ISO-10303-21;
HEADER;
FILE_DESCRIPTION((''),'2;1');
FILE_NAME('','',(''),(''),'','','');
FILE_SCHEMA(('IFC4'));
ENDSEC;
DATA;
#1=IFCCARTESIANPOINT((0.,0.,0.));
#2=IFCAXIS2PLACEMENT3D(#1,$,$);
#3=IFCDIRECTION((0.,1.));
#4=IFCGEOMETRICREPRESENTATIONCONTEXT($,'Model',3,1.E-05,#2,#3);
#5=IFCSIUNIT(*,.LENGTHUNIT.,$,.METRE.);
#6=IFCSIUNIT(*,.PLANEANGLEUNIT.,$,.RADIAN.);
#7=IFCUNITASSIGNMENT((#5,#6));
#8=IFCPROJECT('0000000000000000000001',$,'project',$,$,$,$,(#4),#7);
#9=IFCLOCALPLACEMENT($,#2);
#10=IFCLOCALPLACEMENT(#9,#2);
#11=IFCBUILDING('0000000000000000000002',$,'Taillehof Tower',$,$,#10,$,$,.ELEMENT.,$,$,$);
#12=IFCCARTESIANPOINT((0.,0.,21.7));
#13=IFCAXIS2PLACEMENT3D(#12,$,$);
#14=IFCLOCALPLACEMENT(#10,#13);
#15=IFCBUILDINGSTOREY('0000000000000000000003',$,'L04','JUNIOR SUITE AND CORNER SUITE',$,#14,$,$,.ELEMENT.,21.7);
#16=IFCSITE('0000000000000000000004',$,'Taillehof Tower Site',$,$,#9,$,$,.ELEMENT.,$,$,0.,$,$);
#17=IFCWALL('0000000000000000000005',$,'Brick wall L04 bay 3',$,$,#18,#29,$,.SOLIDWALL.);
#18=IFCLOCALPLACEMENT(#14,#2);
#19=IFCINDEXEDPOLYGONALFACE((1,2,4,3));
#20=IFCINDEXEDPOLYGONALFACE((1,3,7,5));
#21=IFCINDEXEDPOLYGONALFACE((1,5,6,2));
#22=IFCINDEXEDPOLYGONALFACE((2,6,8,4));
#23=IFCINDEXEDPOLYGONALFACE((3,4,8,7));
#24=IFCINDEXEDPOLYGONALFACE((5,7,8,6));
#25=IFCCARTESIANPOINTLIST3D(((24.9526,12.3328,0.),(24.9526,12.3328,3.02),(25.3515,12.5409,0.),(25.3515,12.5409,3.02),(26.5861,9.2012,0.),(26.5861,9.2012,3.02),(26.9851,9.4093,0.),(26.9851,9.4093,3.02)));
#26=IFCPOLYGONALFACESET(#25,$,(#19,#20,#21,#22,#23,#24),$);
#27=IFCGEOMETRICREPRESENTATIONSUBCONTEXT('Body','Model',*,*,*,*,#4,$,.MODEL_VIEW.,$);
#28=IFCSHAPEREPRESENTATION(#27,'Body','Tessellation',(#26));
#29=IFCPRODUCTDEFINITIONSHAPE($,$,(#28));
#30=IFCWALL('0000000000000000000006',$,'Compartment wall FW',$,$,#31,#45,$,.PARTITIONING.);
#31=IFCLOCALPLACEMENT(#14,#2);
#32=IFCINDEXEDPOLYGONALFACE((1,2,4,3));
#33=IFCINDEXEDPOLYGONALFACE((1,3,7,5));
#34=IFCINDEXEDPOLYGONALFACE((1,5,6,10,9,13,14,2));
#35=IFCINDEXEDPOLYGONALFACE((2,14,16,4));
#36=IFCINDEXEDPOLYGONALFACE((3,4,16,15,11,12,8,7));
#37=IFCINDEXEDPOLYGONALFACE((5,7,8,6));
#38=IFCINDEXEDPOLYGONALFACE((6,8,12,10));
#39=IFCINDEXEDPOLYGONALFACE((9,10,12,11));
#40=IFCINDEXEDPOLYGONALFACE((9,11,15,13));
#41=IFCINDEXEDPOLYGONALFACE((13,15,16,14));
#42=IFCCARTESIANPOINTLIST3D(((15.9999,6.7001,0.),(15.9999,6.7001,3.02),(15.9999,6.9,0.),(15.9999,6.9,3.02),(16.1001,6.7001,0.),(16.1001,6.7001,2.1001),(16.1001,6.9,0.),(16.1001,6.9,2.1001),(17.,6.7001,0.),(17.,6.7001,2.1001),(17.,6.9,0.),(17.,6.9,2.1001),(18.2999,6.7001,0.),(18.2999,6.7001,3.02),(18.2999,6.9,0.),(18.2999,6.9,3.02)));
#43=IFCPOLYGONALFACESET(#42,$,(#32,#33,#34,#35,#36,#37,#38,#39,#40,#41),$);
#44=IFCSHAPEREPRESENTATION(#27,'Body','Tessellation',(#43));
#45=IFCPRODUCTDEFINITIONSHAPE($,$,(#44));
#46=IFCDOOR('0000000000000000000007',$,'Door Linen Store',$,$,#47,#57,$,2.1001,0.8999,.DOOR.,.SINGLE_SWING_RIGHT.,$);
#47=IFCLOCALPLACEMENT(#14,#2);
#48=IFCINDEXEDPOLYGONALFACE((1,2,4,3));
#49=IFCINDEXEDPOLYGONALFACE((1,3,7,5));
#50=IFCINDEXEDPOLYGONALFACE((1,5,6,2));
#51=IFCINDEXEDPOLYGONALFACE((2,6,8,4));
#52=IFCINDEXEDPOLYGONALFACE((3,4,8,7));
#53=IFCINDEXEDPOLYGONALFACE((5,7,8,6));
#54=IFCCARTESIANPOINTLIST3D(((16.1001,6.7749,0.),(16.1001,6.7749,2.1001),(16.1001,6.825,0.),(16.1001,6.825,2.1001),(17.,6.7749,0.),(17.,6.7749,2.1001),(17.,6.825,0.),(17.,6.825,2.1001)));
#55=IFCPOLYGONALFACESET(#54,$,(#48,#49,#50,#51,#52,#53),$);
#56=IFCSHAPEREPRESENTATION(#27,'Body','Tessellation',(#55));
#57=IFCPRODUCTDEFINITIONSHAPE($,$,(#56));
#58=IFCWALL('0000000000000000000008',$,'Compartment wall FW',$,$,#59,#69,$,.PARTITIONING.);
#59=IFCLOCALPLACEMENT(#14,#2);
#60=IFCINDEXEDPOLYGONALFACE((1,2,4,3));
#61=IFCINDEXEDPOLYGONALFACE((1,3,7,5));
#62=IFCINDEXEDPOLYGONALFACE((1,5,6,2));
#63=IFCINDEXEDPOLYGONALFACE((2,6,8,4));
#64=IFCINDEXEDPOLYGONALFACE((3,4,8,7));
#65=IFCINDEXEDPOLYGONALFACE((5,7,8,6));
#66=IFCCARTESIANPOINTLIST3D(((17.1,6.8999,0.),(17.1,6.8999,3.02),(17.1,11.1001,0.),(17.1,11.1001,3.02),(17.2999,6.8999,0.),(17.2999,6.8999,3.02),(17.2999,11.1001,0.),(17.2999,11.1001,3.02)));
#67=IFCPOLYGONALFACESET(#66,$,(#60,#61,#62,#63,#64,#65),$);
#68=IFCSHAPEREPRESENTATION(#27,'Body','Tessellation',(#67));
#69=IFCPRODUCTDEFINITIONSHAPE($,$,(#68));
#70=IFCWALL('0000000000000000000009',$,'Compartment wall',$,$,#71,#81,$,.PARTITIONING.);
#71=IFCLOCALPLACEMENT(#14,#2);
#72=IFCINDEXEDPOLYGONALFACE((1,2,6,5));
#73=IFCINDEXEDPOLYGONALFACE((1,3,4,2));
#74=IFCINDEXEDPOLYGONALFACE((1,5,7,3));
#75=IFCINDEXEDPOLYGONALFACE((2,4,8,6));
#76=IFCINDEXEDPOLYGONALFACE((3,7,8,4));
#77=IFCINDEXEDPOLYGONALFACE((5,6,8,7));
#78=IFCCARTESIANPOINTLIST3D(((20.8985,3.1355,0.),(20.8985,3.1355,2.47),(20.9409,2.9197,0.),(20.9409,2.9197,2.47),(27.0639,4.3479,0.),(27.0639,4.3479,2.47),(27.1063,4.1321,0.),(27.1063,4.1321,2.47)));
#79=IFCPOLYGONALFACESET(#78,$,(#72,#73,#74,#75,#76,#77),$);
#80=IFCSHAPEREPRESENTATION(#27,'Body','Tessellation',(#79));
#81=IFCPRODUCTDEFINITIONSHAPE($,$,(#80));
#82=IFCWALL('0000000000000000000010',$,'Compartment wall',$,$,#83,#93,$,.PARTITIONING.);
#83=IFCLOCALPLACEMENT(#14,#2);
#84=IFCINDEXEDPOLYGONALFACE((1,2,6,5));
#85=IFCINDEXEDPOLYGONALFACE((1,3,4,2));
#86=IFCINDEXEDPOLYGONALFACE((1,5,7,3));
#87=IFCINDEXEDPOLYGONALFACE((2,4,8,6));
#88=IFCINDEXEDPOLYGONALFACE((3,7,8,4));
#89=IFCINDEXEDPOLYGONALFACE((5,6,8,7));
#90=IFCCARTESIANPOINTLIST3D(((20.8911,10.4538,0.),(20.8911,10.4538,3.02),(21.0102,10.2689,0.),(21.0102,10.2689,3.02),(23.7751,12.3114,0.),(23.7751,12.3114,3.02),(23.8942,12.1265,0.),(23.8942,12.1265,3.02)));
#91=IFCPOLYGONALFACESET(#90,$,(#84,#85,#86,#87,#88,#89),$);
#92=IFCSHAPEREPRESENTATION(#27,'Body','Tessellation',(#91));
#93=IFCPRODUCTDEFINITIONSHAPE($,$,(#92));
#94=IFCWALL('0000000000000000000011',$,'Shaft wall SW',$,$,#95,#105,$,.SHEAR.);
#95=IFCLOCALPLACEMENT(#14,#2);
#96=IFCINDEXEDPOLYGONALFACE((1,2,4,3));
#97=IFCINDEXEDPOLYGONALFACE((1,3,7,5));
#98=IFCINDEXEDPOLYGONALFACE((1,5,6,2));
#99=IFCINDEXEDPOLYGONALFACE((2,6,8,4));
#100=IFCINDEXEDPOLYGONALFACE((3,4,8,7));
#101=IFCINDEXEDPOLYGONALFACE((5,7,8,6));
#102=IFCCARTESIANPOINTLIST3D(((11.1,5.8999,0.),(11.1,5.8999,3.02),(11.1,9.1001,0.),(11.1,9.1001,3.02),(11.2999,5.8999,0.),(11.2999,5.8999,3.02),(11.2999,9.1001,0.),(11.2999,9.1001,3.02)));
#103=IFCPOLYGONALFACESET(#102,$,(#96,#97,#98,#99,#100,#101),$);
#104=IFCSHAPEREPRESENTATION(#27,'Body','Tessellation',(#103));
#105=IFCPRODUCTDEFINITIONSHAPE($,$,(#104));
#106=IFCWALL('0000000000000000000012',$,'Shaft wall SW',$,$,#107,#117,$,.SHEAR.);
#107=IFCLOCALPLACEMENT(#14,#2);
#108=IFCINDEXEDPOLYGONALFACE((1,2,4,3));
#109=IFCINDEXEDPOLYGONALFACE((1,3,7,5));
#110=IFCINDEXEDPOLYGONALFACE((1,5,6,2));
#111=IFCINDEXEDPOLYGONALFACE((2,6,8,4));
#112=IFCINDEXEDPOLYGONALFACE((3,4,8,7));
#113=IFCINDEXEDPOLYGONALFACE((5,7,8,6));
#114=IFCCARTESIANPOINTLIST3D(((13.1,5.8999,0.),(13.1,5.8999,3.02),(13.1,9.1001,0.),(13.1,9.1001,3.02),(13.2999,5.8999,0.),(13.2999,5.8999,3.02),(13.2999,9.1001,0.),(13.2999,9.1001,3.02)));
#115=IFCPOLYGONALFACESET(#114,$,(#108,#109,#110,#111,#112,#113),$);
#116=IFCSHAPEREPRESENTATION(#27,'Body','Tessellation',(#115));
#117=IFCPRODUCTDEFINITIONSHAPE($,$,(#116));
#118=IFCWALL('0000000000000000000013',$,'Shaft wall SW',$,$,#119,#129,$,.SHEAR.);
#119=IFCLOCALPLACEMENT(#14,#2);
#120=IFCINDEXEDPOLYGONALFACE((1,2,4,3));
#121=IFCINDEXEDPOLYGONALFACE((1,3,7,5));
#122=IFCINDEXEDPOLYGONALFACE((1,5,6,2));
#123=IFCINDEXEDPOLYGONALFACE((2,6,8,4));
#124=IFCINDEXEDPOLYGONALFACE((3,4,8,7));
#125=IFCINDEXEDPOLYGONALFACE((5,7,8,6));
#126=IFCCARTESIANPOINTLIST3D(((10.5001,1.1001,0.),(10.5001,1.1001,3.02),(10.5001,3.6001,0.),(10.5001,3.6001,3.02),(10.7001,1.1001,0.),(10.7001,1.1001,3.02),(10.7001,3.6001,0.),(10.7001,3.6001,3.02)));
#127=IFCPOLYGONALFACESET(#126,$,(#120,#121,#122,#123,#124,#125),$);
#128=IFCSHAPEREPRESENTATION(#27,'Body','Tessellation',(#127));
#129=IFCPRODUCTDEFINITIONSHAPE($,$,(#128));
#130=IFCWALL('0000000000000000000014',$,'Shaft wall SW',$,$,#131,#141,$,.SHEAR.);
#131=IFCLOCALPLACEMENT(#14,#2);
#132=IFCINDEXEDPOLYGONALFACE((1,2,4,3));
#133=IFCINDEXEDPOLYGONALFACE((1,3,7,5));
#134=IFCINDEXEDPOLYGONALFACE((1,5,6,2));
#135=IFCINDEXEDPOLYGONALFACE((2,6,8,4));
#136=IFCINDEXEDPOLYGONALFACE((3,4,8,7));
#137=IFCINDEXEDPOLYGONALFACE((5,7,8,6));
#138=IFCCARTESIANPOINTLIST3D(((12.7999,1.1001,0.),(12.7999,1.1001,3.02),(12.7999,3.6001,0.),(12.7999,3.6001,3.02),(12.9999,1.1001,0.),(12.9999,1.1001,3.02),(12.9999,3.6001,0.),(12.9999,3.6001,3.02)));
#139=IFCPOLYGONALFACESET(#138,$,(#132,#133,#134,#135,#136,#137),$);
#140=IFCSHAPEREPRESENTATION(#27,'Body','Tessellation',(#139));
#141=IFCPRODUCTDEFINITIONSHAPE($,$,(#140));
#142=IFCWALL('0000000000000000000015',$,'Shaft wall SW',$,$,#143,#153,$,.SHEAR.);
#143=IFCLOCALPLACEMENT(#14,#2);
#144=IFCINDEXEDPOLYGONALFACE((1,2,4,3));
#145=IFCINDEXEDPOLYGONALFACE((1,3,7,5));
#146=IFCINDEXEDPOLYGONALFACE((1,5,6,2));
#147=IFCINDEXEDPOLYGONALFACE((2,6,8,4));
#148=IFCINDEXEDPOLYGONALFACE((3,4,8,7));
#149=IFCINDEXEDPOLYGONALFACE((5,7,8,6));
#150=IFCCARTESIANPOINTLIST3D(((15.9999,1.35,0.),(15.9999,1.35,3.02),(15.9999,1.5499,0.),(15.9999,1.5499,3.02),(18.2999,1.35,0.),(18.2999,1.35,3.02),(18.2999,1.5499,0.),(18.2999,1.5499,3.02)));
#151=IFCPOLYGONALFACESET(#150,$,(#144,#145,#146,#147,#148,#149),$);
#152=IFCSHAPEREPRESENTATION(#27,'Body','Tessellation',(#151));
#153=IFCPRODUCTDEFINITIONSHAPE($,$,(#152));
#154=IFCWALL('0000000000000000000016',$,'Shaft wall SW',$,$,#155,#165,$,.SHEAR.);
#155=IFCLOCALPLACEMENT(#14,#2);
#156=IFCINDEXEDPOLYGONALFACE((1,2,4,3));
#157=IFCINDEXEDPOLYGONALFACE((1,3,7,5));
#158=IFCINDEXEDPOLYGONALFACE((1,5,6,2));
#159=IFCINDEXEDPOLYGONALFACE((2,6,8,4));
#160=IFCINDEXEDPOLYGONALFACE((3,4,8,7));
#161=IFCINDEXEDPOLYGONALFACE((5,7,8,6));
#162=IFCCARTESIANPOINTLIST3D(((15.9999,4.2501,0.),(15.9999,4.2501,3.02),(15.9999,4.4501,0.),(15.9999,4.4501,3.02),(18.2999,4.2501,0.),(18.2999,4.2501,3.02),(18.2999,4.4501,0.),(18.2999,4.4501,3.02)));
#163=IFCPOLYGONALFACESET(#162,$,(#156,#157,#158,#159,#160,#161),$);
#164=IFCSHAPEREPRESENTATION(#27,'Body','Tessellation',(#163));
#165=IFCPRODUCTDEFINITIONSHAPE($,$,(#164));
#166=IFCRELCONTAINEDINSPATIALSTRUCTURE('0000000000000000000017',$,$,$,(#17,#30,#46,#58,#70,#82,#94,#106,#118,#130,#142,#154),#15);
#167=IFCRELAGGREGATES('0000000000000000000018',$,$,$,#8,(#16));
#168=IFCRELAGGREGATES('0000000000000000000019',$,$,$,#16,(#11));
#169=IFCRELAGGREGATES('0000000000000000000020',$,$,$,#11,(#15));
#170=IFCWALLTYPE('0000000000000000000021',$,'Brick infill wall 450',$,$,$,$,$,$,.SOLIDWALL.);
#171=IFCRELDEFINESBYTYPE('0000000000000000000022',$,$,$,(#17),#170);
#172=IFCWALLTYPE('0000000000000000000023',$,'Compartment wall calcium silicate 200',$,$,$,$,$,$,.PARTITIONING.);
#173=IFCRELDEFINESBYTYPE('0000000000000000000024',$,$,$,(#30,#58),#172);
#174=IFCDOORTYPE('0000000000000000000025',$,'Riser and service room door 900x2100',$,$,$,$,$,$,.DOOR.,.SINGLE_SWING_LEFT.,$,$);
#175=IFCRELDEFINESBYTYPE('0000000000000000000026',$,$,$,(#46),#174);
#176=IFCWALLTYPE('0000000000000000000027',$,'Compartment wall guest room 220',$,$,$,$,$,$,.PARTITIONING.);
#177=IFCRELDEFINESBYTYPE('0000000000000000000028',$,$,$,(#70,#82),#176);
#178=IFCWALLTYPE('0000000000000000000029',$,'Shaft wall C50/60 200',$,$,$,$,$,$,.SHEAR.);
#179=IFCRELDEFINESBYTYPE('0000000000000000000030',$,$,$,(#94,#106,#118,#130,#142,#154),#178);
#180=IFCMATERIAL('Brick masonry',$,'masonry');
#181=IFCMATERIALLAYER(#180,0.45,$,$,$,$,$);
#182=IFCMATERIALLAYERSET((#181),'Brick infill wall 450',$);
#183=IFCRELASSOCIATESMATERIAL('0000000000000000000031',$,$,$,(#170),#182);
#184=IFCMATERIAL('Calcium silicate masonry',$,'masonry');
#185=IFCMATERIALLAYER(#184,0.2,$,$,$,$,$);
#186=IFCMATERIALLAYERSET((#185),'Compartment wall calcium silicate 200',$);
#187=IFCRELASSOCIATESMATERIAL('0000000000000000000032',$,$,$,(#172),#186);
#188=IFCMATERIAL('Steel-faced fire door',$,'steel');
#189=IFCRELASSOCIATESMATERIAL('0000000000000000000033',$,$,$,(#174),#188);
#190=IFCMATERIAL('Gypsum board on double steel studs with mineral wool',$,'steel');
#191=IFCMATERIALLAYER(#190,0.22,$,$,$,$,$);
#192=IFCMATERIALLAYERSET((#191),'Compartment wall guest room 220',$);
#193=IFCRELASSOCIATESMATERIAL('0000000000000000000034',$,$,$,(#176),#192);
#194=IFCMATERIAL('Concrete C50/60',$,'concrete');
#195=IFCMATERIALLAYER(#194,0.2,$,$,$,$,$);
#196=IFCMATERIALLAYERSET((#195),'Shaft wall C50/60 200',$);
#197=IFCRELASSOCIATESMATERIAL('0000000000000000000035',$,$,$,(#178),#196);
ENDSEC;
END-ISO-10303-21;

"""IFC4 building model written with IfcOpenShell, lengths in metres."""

from ifc_helpers import new_model, si_unit, direction, frame, frame_2d, origin, place, context, subcontext, project, spatial, rectangle, extrude, material, layer, layer_set, type_object, element, fill, save


model = new_model("IFC4")

# Units and contexts
model_context = context("Model", 3, precision=1e-05, world=origin(), true_north=direction((0.0, 1.0)))
body_context = subcontext(model_context, "Body", "Model", "MODEL_VIEW")
ifc_project = project(units=[si_unit("LENGTHUNIT", "METRE"), si_unit("PLANEANGLEUNIT", "RADIAN")], contexts=[model_context])

# Site, building, storey
site_placement = place(None, origin())
site = spatial("IfcSite", under=ifc_project, at=site_placement, Name="Taillehof Tower Site", CompositionType="ELEMENT", RefElevation=0.0)
building_placement = place(site_placement, origin())
building = spatial("IfcBuilding", under=site, at=building_placement, Name="Taillehof Tower", CompositionType="ELEMENT")
storey_placement = place(building_placement, frame((0.0, 0.0, 21.7)))
storey = spatial("IfcBuildingStorey", under=building, at=storey_placement, Name="L04", Description="JUNIOR SUITE AND CORNER SUITE", CompositionType="ELEMENT", Elevation=21.7)

# Shared definitions
ifc_material_1 = material(Name="Brick masonry", Category="masonry")
ifc_layer_1 = layer(ifc_material_1, 0.45)
ifc_layer_set_1 = layer_set([ifc_layer_1], Name="Brick infill wall 450")
wall_type_1 = type_object("IfcWallType", Name="Brick infill wall 450", PredefinedType="SOLIDWALL", material=ifc_layer_set_1)

# Wall
wall_1_placement = place(storey_placement, frame((26.7856, 9.3052, 0.0), z_axis=(0.0, 0.0, 1.0), x_axis=(-0.462493, 0.886623, 0.0)))
element("IfcWall", 1, at=wall_1_placement, inside=storey, type_object=wall_type_1, Name="Brick wall L04 bay 3", PredefinedType="SOLIDWALL", context=body_context, shape_type="SweptSolid", body=[
    extrude(rectangle(XDim=3.532, YDim=0.45, at=frame_2d((1.7661, 0.0))), origin(), (0.0, 0.0, 1.0), 3.02),
])

# Wall, opening, door
ifc_material_2 = material(Name="Calcium silicate masonry", Category="masonry")
ifc_layer_2 = layer(ifc_material_2, 0.2)
ifc_layer_set_2 = layer_set([ifc_layer_2], Name="Compartment wall calcium silicate 200")
wall_type_2 = type_object("IfcWallType", Name="Compartment wall calcium silicate 200", PredefinedType="PARTITIONING", material=ifc_layer_set_2)
wall_2_placement = place(storey_placement, frame((16.0, 6.8, 0.0), z_axis=(0.0, 0.0, 1.0), x_axis=(1.0, 0.0, 0.0)))
wall_2 = element("IfcWall", 2, at=wall_2_placement, inside=storey, type_object=wall_type_2, Name="Compartment wall FW", PredefinedType="PARTITIONING", context=body_context, shape_type="SweptSolid", body=[
    extrude(rectangle(XDim=2.3, YDim=0.2, at=frame_2d((1.1499, 0.0))), origin(), (0.0, 0.0, 1.0), 3.02),
])
opening_1_placement = place(wall_2_placement, frame((0.1001, 0.0, 0.0)))
opening_1 = element("IfcOpeningElement", 3, at=opening_1_placement, cuts=wall_2, PredefinedType="OPENING", context=body_context, shape_type="SweptSolid", body=[
    extrude(rectangle(XDim=0.8999, YDim=2.1001, at=frame_2d((0.45, 1.05))), frame((0.0, 0.1099, 0.0), z_axis=(0.0, -1.0, 0.0), x_axis=(1.0, 0.0, 0.0)), (0.0, 0.0, 1.0), 0.22),
])
ifc_material_3 = material(Name="Steel-faced fire door", Category="steel")
door_type = type_object("IfcDoorType", Name="Riser and service room door 900x2100", OperationType="SINGLE_SWING_LEFT", PredefinedType="DOOR", material=ifc_material_3)
door_placement = place(opening_1_placement, origin())
door = element("IfcDoor", 4, at=door_placement, inside=storey, type_object=door_type, Name="Door Linen Store", OperationType="SINGLE_SWING_RIGHT", OverallHeight=2.1001, OverallWidth=0.8999, PredefinedType="DOOR", context=body_context, shape_type="SweptSolid", body=[
    extrude(rectangle(XDim=0.8999, YDim=2.1001, at=frame_2d((0.45, 1.05))), frame((0.0, 0.0249, 0.0), z_axis=(0.0, -1.0, 0.0), x_axis=(1.0, 0.0, 0.0)), (0.0, 0.0, 1.0), 0.05),
])
fill(opening_1, door)

# Walls
wall_3_placement = place(storey_placement, frame((17.2, 6.8999, 0.0), z_axis=(0.0, 0.0, 1.0), x_axis=(0.0, 1.0, 0.0)))
element("IfcWall", 5, at=wall_3_placement, inside=storey, type_object=wall_type_2, Name="Compartment wall FW", PredefinedType="PARTITIONING", context=body_context, shape_type="SweptSolid", body=[
    extrude(rectangle(XDim=4.2002, YDim=0.2, at=frame_2d((2.1001, 0.0))), origin(), (0.0, 0.0, 1.0), 3.02),
])
ifc_material_4 = material(Name="Gypsum board on double steel studs with mineral wool", Category="steel")
ifc_layer_3 = layer(ifc_material_4, 0.22)
ifc_layer_set_3 = layer_set([ifc_layer_3], Name="Compartment wall guest room 220")
wall_type_3 = type_object("IfcWallType", Name="Compartment wall guest room 220", PredefinedType="PARTITIONING", material=ifc_layer_set_3)
wall_4_placement = place(storey_placement, frame((27.085, 4.24, 0.0), z_axis=(0.0, 0.0, 1.0), x_axis=(-0.981208, -0.192954, 0.0)))
element("IfcWall", 6, at=wall_4_placement, inside=storey, type_object=wall_type_3, Name="Compartment wall", PredefinedType="PARTITIONING", context=body_context, shape_type="SweptSolid", body=[
    extrude(rectangle(XDim=6.2834, YDim=0.22, at=frame_2d((3.1416, 0.0))), origin(), (0.0, 0.0, 1.0), 2.47),
])
wall_5_placement = place(storey_placement, frame((23.8347, 12.219, 0.0), z_axis=(0.0, 0.0, 1.0), x_axis=(-0.840695, -0.541509, 0.0)))
element("IfcWall", 7, at=wall_5_placement, inside=storey, type_object=wall_type_3, Name="Compartment wall", PredefinedType="PARTITIONING", context=body_context, shape_type="SweptSolid", body=[
    extrude(rectangle(XDim=3.4304, YDim=0.22, at=frame_2d((1.7153, 0.0))), origin(), (0.0, 0.0, 1.0), 3.02),
])
ifc_material_5 = material(Name="Concrete C50/60", Category="concrete")
ifc_layer_4 = layer(ifc_material_5, 0.2)
ifc_layer_set_4 = layer_set([ifc_layer_4], Name="Shaft wall C50/60 200")
wall_type_4 = type_object("IfcWallType", Name="Shaft wall C50/60 200", PredefinedType="SHEAR", material=ifc_layer_set_4)
for number, where, z_axis, x_axis, name in (
    (8, (11.2, 5.8999, 0.0), (0.0, 0.0, 1.0), (0.0, 1.0, 0.0), "Shaft wall SW"),
    (9, (13.2, 5.8999, 0.0), (0.0, 0.0, 1.0), (0.0, 1.0, 0.0), "Shaft wall SW"),
):
    element("IfcWall", number, at=place(storey_placement, frame(where, z_axis=z_axis, x_axis=x_axis)), inside=storey, type_object=wall_type_4, Name=name, PredefinedType="SHEAR", context=body_context, shape_type="SweptSolid", body=[
        extrude(rectangle(XDim=3.2002, YDim=0.2, at=frame_2d((1.6001, 0.0))), origin(), (0.0, 0.0, 1.0), 3.02),
    ])
for number, where, z_axis, x_axis, name in (
    (10, (10.6001, 1.1001, 0.0), (0.0, 0.0, 1.0), (0.0, 1.0, 0.0), "Shaft wall SW"),
    (11, (12.8999, 1.1001, 0.0), (0.0, 0.0, 1.0), (0.0, 1.0, 0.0), "Shaft wall SW"),
):
    element("IfcWall", number, at=place(storey_placement, frame(where, z_axis=z_axis, x_axis=x_axis)), inside=storey, type_object=wall_type_4, Name=name, PredefinedType="SHEAR", context=body_context, shape_type="SweptSolid", body=[
        extrude(rectangle(XDim=2.5, YDim=0.2, at=frame_2d((1.25, 0.0))), origin(), (0.0, 0.0, 1.0), 3.02),
    ])
for number, where, z_axis, x_axis, name in (
    (12, (16.0, 1.45, 0.0), (0.0, 0.0, 1.0), (1.0, 0.0, 0.0), "Shaft wall SW"),
    (13, (16.0, 4.3501, 0.0), (0.0, 0.0, 1.0), (1.0, 0.0, 0.0), "Shaft wall SW"),
):
    element("IfcWall", number, at=place(storey_placement, frame(where, z_axis=z_axis, x_axis=x_axis)), inside=storey, type_object=wall_type_4, Name=name, PredefinedType="SHEAR", context=body_context, shape_type="SweptSolid", body=[
        extrude(rectangle(XDim=2.3, YDim=0.2, at=frame_2d((1.1499, 0.0))), origin(), (0.0, 0.0, 1.0), 3.02),
    ])

save(model, "model.ifc")
